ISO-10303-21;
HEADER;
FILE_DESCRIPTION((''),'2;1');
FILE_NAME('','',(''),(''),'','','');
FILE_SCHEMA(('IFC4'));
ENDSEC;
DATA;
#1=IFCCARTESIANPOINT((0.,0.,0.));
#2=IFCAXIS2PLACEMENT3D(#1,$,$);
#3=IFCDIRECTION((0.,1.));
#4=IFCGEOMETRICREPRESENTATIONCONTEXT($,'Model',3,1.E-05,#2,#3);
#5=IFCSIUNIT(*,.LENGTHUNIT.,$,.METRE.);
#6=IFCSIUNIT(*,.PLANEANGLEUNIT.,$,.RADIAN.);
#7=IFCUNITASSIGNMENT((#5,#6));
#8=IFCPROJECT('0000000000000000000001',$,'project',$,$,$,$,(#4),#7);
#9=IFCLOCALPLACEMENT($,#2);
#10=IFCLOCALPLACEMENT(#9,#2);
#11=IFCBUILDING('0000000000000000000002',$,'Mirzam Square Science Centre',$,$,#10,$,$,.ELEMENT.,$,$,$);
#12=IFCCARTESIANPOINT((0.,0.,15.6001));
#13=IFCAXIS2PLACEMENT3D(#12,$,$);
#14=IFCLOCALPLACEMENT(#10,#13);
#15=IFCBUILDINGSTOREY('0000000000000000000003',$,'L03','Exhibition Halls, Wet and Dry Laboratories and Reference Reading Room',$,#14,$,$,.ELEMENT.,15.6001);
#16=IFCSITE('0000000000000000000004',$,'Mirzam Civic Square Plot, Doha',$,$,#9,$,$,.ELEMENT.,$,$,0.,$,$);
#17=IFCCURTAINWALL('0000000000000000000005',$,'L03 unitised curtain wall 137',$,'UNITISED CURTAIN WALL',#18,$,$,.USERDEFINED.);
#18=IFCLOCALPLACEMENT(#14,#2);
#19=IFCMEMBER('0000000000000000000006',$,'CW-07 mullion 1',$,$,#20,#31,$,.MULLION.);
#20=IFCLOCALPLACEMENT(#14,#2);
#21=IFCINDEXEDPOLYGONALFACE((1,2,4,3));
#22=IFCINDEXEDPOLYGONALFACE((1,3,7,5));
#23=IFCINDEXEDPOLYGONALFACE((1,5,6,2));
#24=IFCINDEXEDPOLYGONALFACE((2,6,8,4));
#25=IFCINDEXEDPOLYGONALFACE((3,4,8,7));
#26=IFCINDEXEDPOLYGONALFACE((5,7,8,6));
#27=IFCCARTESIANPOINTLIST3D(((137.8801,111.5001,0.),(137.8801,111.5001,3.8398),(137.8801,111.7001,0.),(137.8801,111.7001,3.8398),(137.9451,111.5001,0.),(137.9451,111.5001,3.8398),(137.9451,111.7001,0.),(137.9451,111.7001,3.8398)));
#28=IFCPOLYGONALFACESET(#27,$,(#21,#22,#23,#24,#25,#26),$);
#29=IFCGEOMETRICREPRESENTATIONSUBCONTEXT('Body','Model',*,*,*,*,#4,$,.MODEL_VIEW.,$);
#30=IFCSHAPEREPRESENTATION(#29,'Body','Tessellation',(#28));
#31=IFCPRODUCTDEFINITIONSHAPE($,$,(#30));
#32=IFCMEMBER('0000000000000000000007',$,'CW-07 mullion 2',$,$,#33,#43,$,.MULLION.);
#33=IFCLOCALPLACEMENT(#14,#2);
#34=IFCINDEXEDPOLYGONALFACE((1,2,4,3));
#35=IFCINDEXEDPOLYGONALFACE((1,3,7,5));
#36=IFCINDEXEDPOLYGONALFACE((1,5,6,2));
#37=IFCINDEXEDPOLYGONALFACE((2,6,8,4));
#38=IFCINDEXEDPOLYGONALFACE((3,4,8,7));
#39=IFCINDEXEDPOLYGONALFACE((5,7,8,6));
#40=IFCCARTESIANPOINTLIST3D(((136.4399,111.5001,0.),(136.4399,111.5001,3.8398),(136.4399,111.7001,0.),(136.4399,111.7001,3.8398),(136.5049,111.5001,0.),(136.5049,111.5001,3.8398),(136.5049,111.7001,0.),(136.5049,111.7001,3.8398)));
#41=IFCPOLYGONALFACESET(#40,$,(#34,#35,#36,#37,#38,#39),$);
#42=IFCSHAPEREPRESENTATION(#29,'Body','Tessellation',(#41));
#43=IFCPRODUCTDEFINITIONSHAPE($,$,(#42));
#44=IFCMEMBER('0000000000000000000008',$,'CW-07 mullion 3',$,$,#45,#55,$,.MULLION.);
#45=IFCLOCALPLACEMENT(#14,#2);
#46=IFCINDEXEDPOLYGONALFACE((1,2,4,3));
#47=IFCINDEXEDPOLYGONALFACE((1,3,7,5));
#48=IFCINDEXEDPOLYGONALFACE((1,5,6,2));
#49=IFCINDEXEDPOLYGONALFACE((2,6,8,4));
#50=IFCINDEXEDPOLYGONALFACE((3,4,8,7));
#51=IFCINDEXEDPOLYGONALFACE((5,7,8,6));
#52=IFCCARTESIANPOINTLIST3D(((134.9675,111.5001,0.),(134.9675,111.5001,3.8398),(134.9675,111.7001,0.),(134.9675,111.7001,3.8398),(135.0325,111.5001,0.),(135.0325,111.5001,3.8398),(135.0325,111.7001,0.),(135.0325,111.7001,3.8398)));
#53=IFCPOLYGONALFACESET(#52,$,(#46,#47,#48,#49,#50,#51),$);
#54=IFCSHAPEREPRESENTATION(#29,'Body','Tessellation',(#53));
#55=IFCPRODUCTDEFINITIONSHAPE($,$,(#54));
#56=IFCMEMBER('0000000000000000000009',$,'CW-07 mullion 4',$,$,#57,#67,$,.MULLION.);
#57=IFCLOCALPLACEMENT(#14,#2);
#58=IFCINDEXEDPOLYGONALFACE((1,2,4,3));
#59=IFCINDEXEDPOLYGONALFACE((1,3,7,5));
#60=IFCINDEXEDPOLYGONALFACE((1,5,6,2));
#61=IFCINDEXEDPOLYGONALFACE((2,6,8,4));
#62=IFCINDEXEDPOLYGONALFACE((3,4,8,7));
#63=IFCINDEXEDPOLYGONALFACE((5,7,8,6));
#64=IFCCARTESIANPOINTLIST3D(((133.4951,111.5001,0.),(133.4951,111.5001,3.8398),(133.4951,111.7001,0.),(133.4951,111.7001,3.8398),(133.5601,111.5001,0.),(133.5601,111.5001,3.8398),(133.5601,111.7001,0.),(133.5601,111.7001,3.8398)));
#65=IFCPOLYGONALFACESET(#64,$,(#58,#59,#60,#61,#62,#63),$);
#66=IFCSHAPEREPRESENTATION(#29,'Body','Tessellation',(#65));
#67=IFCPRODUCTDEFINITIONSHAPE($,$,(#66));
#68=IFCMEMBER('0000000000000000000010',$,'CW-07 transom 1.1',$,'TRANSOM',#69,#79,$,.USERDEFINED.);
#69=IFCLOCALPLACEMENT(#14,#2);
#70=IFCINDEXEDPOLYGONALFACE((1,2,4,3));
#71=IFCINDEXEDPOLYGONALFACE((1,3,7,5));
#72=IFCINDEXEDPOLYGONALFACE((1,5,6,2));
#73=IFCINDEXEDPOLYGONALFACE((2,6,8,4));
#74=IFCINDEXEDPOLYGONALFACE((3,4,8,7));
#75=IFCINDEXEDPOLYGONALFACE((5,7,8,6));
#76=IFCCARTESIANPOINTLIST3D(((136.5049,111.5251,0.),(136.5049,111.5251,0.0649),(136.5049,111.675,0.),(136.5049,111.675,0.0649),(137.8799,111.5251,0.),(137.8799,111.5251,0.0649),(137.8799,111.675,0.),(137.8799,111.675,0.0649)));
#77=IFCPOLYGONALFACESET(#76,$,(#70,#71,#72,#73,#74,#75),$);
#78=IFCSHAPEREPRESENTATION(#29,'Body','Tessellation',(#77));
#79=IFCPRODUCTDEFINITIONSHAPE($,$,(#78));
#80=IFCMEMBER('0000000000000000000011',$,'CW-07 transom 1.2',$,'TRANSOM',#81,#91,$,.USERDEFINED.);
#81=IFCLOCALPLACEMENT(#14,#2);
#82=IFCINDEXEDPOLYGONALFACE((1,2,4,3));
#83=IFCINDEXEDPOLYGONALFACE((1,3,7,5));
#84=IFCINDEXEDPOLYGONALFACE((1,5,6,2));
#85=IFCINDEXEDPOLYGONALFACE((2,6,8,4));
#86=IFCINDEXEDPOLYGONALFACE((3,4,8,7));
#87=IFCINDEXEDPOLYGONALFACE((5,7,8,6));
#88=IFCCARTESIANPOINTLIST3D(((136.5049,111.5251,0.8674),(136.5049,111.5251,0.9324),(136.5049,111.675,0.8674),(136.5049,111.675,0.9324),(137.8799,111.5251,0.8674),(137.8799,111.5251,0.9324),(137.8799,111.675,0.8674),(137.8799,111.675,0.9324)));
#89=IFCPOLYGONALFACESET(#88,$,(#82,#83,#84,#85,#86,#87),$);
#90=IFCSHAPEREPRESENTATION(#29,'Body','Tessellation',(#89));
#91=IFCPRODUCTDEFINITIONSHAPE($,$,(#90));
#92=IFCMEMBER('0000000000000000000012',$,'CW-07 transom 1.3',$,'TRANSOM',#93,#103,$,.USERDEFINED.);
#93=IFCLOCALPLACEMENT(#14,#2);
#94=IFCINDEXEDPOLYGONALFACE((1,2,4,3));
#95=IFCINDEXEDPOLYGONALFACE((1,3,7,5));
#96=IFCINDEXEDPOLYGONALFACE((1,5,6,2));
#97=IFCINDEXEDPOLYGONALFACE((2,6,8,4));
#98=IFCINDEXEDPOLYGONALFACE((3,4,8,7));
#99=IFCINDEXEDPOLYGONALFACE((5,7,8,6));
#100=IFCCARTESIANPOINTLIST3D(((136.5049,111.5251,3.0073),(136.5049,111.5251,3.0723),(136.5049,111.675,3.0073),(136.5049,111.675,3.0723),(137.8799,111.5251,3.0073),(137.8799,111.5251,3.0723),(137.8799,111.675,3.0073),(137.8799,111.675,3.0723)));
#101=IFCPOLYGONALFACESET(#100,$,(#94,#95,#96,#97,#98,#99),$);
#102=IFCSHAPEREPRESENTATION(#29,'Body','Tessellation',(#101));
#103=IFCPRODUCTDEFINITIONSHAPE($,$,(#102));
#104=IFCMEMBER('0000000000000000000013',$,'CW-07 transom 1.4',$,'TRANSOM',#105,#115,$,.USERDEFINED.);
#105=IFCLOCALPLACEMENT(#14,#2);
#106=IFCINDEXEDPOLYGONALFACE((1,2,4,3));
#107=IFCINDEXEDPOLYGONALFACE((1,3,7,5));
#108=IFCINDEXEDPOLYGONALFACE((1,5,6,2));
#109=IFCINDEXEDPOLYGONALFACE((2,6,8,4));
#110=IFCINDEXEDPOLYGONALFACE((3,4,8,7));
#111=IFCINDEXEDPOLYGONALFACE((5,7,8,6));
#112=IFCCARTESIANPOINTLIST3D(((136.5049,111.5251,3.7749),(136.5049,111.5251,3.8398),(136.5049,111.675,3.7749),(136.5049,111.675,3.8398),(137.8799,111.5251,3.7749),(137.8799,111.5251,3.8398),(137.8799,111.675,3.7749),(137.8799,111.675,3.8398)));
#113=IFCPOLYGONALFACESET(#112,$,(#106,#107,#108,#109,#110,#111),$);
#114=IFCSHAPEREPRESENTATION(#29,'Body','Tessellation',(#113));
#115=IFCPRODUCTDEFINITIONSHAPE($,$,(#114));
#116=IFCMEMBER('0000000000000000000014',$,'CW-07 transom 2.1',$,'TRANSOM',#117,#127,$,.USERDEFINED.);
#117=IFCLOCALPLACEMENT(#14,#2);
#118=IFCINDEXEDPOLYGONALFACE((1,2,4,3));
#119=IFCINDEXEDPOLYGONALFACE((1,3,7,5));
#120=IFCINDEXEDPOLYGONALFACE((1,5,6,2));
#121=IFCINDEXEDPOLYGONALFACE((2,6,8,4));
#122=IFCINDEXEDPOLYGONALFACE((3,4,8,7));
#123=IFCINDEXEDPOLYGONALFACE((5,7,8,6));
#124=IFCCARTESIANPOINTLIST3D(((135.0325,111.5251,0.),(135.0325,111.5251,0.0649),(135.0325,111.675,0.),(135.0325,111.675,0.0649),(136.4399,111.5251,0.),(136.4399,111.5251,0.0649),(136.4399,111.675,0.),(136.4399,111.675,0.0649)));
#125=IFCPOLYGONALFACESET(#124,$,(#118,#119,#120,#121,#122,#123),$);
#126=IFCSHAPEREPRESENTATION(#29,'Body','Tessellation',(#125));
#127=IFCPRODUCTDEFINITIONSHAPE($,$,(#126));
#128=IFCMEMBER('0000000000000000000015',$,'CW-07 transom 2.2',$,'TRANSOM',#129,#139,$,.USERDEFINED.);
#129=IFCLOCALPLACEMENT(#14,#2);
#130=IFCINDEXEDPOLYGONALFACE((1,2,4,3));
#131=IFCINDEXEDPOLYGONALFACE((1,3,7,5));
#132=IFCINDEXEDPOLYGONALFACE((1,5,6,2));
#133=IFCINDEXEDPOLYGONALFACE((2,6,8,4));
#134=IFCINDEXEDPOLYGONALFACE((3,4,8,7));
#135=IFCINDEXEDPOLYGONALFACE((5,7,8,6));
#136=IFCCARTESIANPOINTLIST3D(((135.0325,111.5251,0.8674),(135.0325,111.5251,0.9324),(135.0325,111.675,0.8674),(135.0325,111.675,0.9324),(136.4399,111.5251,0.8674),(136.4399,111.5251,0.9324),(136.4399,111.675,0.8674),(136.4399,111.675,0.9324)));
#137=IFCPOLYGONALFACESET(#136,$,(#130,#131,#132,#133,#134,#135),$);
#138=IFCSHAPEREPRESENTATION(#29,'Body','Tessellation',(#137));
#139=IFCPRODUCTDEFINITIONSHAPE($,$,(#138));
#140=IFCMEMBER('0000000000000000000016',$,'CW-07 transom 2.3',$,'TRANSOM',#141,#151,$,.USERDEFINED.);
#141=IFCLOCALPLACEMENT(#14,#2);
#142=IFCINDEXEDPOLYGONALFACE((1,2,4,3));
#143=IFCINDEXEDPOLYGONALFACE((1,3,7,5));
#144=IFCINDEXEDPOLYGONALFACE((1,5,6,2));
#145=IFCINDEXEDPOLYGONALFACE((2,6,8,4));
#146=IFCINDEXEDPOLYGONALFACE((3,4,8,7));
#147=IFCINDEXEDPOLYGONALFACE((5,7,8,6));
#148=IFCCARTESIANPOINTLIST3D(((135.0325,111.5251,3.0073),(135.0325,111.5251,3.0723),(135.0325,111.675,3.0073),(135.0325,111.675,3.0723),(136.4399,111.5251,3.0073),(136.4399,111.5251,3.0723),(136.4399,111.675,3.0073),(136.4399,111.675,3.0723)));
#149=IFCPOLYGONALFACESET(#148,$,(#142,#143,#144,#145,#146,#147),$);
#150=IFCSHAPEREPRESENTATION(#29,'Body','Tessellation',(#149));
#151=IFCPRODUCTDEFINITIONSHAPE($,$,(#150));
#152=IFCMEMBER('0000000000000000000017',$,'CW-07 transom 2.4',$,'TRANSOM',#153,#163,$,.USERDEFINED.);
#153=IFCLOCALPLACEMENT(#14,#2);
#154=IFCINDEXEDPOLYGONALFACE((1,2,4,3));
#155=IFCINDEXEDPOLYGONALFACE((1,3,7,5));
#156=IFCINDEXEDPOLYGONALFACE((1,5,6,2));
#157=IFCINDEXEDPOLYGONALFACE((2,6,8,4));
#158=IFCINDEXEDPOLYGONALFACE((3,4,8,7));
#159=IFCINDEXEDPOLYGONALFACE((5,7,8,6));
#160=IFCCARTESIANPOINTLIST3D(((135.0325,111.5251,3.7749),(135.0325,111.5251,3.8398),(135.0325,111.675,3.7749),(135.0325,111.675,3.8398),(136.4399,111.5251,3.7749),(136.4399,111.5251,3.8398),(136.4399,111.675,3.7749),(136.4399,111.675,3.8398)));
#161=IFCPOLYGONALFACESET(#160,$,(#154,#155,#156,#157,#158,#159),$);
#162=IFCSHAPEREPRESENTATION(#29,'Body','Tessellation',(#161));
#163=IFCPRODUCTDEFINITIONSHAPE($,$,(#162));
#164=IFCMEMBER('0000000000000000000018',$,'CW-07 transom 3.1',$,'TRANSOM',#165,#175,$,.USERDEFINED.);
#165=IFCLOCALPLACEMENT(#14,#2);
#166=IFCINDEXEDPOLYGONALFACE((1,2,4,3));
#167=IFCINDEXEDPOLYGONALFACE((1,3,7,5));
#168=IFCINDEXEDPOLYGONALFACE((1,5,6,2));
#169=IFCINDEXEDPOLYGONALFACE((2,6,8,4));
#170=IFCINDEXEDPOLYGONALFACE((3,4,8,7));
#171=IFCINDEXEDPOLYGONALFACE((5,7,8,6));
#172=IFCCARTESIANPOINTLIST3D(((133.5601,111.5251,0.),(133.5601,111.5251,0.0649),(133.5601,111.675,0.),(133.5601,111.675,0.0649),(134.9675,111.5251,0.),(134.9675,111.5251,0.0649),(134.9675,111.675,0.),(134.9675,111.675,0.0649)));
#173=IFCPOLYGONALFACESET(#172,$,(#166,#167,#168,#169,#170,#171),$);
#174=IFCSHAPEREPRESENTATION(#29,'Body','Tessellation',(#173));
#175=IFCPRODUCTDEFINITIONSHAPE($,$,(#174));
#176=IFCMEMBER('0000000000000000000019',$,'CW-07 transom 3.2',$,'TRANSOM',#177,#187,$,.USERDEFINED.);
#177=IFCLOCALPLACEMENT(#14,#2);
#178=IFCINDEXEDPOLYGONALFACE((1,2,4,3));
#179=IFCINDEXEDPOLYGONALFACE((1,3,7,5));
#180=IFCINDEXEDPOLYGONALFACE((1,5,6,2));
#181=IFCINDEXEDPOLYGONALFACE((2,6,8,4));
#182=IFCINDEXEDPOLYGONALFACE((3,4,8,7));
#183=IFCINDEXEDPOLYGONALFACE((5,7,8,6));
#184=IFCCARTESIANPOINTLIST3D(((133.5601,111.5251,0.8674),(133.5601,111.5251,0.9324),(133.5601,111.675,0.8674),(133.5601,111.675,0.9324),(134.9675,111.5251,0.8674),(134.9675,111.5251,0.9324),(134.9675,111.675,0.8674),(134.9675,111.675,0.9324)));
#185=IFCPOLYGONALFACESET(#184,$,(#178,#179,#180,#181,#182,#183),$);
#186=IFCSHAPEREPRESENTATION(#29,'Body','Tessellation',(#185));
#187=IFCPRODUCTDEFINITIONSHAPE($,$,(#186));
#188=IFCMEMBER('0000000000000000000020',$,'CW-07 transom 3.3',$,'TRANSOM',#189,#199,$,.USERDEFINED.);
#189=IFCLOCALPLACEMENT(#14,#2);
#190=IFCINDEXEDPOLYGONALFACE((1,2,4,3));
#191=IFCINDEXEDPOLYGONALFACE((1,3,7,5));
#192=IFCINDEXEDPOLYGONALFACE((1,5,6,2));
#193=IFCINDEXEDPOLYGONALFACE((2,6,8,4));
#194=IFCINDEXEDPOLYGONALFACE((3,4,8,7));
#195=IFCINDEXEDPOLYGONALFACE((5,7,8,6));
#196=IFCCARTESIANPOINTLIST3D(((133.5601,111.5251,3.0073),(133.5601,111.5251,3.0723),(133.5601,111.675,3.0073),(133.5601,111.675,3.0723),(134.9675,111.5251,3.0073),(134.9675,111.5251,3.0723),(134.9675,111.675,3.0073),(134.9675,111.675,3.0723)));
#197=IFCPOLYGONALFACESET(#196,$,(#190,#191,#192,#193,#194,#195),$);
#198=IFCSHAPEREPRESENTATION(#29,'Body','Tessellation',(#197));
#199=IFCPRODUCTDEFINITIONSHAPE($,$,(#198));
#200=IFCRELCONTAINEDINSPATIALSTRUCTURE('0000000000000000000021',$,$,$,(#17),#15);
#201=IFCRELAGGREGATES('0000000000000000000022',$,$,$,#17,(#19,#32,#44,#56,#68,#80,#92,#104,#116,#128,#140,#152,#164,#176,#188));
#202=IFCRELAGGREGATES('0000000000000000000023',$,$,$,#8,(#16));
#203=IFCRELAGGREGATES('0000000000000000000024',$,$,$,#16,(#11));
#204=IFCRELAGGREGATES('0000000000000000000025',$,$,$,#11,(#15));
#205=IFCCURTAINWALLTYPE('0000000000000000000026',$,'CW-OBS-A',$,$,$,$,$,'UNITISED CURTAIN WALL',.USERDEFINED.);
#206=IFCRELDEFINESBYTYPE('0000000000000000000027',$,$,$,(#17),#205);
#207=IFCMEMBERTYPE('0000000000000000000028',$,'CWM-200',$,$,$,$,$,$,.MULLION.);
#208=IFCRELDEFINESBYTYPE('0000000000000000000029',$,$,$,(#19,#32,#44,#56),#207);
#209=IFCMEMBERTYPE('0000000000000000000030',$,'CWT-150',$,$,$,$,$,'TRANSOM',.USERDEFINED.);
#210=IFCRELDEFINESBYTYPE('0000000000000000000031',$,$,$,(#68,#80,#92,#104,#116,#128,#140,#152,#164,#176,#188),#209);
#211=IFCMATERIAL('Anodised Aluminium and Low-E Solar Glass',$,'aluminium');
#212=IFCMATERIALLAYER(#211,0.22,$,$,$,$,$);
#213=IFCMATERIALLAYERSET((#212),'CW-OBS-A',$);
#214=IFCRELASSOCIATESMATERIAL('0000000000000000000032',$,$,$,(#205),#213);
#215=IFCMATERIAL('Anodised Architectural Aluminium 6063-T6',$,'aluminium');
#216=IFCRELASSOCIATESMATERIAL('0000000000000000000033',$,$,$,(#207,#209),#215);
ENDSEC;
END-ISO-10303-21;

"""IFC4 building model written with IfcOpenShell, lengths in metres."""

from ifc_helpers import new_model, si_unit, direction, frame, origin, origin_2d, place, context, subcontext, project, spatial, rectangle, extrude, material, layer, layer_set, material_profile, profile_set, type_object, element, aggregate, save


model = new_model("IFC4")

# Units and contexts
model_context = context("Model", 3, precision=1e-05, world=origin(), true_north=direction((0.0, 1.0)))
body_context = subcontext(model_context, "Body", "Model", "MODEL_VIEW")
ifc_project = project(units=[si_unit("LENGTHUNIT", "METRE"), si_unit("PLANEANGLEUNIT", "RADIAN")], contexts=[model_context])

# Site, building, storey
site_placement = place(None, origin())
site = spatial("IfcSite", under=ifc_project, at=site_placement, Name="Mirzam Civic Square Plot, Doha", CompositionType="ELEMENT", RefElevation=0.0)
building_placement = place(site_placement, origin())
building = spatial("IfcBuilding", under=site, at=building_placement, Name="Mirzam Square Science Centre", CompositionType="ELEMENT")
storey_placement = place(building_placement, frame((0.0, 0.0, 15.6001)))
storey = spatial("IfcBuildingStorey", under=building, at=storey_placement, Name="L03", Description="Exhibition Halls, Wet and Dry Laboratories and Reference Reading Room", CompositionType="ELEMENT", Elevation=15.6001)

# Curtain wall, members
ifc_material_1 = material(Name="Anodised Aluminium and Low-E Solar Glass", Category="aluminium")
ifc_layer_1 = layer(ifc_material_1, 0.22)
ifc_layer_set_1 = layer_set([ifc_layer_1], Name="CW-OBS-A")
curtain_wall_type = type_object("IfcCurtainWallType", Name="CW-OBS-A", ElementType="UNITISED CURTAIN WALL", PredefinedType="USERDEFINED", material=ifc_layer_set_1)
curtain_wall_placement = place(storey_placement, origin())
curtain_wall = element("IfcCurtainWall", 1, at=curtain_wall_placement, inside=storey, type_object=curtain_wall_type, Name="L03 unitised curtain wall 137", ObjectType="UNITISED CURTAIN WALL", PredefinedType="USERDEFINED")
ifc_material_2 = material(Name="Anodised Architectural Aluminium 6063-T6", Category="aluminium")
ifc_material_profile_1 = material_profile(ifc_material_2, rectangle(XDim=0.0649, YDim=0.2, at=origin_2d()), Name="ALU-MULL-200x65x5")
ifc_profile_set_1 = profile_set([ifc_material_profile_1], Name="Anodised Architectural Aluminium 6063-T6")
member_type_1 = type_object("IfcMemberType", Name="CWM-200", PredefinedType="MULLION", material=ifc_profile_set_1)
member_1_placement = place(storey_placement, frame((137.9126, 111.6001, 0.0), z_axis=(0.0, 0.0, 1.0), x_axis=(-1.0, 0.0, 0.0)))
member_1 = element("IfcMember", 2, at=member_1_placement, type_object=member_type_1, Name="CW-07 mullion 1", PredefinedType="MULLION", context=body_context, shape_type="SweptSolid", body=[
    extrude(rectangle(XDim=0.0649, YDim=0.2, at=origin_2d()), origin(), (0.0, 0.0, 1.0), 3.8398),
])
member_2_placement = place(storey_placement, frame((136.4724, 111.6001, 0.0), z_axis=(0.0, 0.0, 1.0), x_axis=(-1.0, 0.0, 0.0)))
member_2 = element("IfcMember", 3, at=member_2_placement, type_object=member_type_1, Name="CW-07 mullion 2", PredefinedType="MULLION", context=body_context, shape_type="SweptSolid", body=[
    extrude(rectangle(XDim=0.0649, YDim=0.2, at=origin_2d()), origin(), (0.0, 0.0, 1.0), 3.8398),
])
member_3_placement = place(storey_placement, frame((135.0, 111.6001, 0.0), z_axis=(0.0, 0.0, 1.0), x_axis=(-1.0, 0.0, 0.0)))
member_3 = element("IfcMember", 4, at=member_3_placement, type_object=member_type_1, Name="CW-07 mullion 3", PredefinedType="MULLION", context=body_context, shape_type="SweptSolid", body=[
    extrude(rectangle(XDim=0.0649, YDim=0.2, at=origin_2d()), origin(), (0.0, 0.0, 1.0), 3.8398),
])
member_4_placement = place(storey_placement, frame((133.5276, 111.6001, 0.0), z_axis=(0.0, 0.0, 1.0), x_axis=(-1.0, 0.0, 0.0)))
member_4 = element("IfcMember", 5, at=member_4_placement, type_object=member_type_1, Name="CW-07 mullion 4", PredefinedType="MULLION", context=body_context, shape_type="SweptSolid", body=[
    extrude(rectangle(XDim=0.0649, YDim=0.2, at=origin_2d()), origin(), (0.0, 0.0, 1.0), 3.8398),
])
ifc_material_profile_2 = material_profile(ifc_material_2, rectangle(XDim=0.1499, YDim=0.0649, at=origin_2d()), Name="ALU-TRAN-150x65x4")
ifc_profile_set_2 = profile_set([ifc_material_profile_2], Name="Anodised Architectural Aluminium 6063-T6")
member_type_2 = type_object("IfcMemberType", Name="CWT-150", ElementType="TRANSOM", PredefinedType="USERDEFINED", material=ifc_profile_set_2)
member_5_placement = place(storey_placement, frame((137.8799, 111.6001, 0.0325), z_axis=(-1.0, 0.0, 0.0), x_axis=(0.0, -1.0, 0.0)))
member_5 = element("IfcMember", 6, at=member_5_placement, type_object=member_type_2, Name="CW-07 transom 1.1", ObjectType="TRANSOM", PredefinedType="USERDEFINED", context=body_context, shape_type="SweptSolid", body=[
    extrude(rectangle(XDim=0.1499, YDim=0.0649, at=origin_2d()), origin(), (0.0, 0.0, 1.0), 1.375),
])
member_6_placement = place(storey_placement, frame((137.8799, 111.6001, 0.8999), z_axis=(-1.0, 0.0, 0.0), x_axis=(0.0, -1.0, 0.0)))
member_6 = element("IfcMember", 7, at=member_6_placement, type_object=member_type_2, Name="CW-07 transom 1.2", ObjectType="TRANSOM", PredefinedType="USERDEFINED", context=body_context, shape_type="SweptSolid", body=[
    extrude(rectangle(XDim=0.1499, YDim=0.0649, at=origin_2d()), origin(), (0.0, 0.0, 1.0), 1.375),
])
member_7_placement = place(storey_placement, frame((137.8799, 111.6001, 3.0398), z_axis=(-1.0, 0.0, 0.0), x_axis=(0.0, -1.0, 0.0)))
member_7 = element("IfcMember", 8, at=member_7_placement, type_object=member_type_2, Name="CW-07 transom 1.3", ObjectType="TRANSOM", PredefinedType="USERDEFINED", context=body_context, shape_type="SweptSolid", body=[
    extrude(rectangle(XDim=0.1499, YDim=0.0649, at=origin_2d()), origin(), (0.0, 0.0, 1.0), 1.375),
])
member_8_placement = place(storey_placement, frame((137.8799, 111.6001, 3.8074), z_axis=(-1.0, 0.0, 0.0), x_axis=(0.0, -1.0, 0.0)))
member_8 = element("IfcMember", 9, at=member_8_placement, type_object=member_type_2, Name="CW-07 transom 1.4", ObjectType="TRANSOM", PredefinedType="USERDEFINED", context=body_context, shape_type="SweptSolid", body=[
    extrude(rectangle(XDim=0.1499, YDim=0.0649, at=origin_2d()), origin(), (0.0, 0.0, 1.0), 1.375),
])
member_9_placement = place(storey_placement, frame((136.4399, 111.6001, 0.0325), z_axis=(-1.0, 0.0, 0.0), x_axis=(0.0, -1.0, 0.0)))
member_9 = element("IfcMember", 10, at=member_9_placement, type_object=member_type_2, Name="CW-07 transom 2.1", ObjectType="TRANSOM", PredefinedType="USERDEFINED", context=body_context, shape_type="SweptSolid", body=[
    extrude(rectangle(XDim=0.1499, YDim=0.0649, at=origin_2d()), origin(), (0.0, 0.0, 1.0), 1.4075),
])
member_10_placement = place(storey_placement, frame((136.4399, 111.6001, 0.8999), z_axis=(-1.0, 0.0, 0.0), x_axis=(0.0, -1.0, 0.0)))
member_10 = element("IfcMember", 11, at=member_10_placement, type_object=member_type_2, Name="CW-07 transom 2.2", ObjectType="TRANSOM", PredefinedType="USERDEFINED", context=body_context, shape_type="SweptSolid", body=[
    extrude(rectangle(XDim=0.1499, YDim=0.0649, at=origin_2d()), origin(), (0.0, 0.0, 1.0), 1.4075),
])
member_11_placement = place(storey_placement, frame((136.4399, 111.6001, 3.0398), z_axis=(-1.0, 0.0, 0.0), x_axis=(0.0, -1.0, 0.0)))
member_11 = element("IfcMember", 12, at=member_11_placement, type_object=member_type_2, Name="CW-07 transom 2.3", ObjectType="TRANSOM", PredefinedType="USERDEFINED", context=body_context, shape_type="SweptSolid", body=[
    extrude(rectangle(XDim=0.1499, YDim=0.0649, at=origin_2d()), origin(), (0.0, 0.0, 1.0), 1.4075),
])
member_12_placement = place(storey_placement, frame((136.4399, 111.6001, 3.8074), z_axis=(-1.0, 0.0, 0.0), x_axis=(0.0, -1.0, 0.0)))
member_12 = element("IfcMember", 13, at=member_12_placement, type_object=member_type_2, Name="CW-07 transom 2.4", ObjectType="TRANSOM", PredefinedType="USERDEFINED", context=body_context, shape_type="SweptSolid", body=[
    extrude(rectangle(XDim=0.1499, YDim=0.0649, at=origin_2d()), origin(), (0.0, 0.0, 1.0), 1.4075),
])
member_13_placement = place(storey_placement, frame((134.9675, 111.6001, 0.0325), z_axis=(-1.0, 0.0, 0.0), x_axis=(0.0, -1.0, 0.0)))
member_13 = element("IfcMember", 14, at=member_13_placement, type_object=member_type_2, Name="CW-07 transom 3.1", ObjectType="TRANSOM", PredefinedType="USERDEFINED", context=body_context, shape_type="SweptSolid", body=[
    extrude(rectangle(XDim=0.1499, YDim=0.0649, at=origin_2d()), origin(), (0.0, 0.0, 1.0), 1.4075),
])
member_14_placement = place(storey_placement, frame((134.9675, 111.6001, 0.8999), z_axis=(-1.0, 0.0, 0.0), x_axis=(0.0, -1.0, 0.0)))
member_14 = element("IfcMember", 15, at=member_14_placement, type_object=member_type_2, Name="CW-07 transom 3.2", ObjectType="TRANSOM", PredefinedType="USERDEFINED", context=body_context, shape_type="SweptSolid", body=[
    extrude(rectangle(XDim=0.1499, YDim=0.0649, at=origin_2d()), origin(), (0.0, 0.0, 1.0), 1.4075),
])
member_15_placement = place(storey_placement, frame((134.9675, 111.6001, 3.0398), z_axis=(-1.0, 0.0, 0.0), x_axis=(0.0, -1.0, 0.0)))
member_15 = element("IfcMember", 16, at=member_15_placement, type_object=member_type_2, Name="CW-07 transom 3.3", ObjectType="TRANSOM", PredefinedType="USERDEFINED", context=body_context, shape_type="SweptSolid", body=[
    extrude(rectangle(XDim=0.1499, YDim=0.0649, at=origin_2d()), origin(), (0.0, 0.0, 1.0), 1.4075),
])
aggregate(curtain_wall, [member_1, member_2, member_3, member_4, member_5, member_6, member_7, member_8, member_9, member_10, member_11, member_12, member_13, member_14, member_15])

save(model, "model.ifc")
